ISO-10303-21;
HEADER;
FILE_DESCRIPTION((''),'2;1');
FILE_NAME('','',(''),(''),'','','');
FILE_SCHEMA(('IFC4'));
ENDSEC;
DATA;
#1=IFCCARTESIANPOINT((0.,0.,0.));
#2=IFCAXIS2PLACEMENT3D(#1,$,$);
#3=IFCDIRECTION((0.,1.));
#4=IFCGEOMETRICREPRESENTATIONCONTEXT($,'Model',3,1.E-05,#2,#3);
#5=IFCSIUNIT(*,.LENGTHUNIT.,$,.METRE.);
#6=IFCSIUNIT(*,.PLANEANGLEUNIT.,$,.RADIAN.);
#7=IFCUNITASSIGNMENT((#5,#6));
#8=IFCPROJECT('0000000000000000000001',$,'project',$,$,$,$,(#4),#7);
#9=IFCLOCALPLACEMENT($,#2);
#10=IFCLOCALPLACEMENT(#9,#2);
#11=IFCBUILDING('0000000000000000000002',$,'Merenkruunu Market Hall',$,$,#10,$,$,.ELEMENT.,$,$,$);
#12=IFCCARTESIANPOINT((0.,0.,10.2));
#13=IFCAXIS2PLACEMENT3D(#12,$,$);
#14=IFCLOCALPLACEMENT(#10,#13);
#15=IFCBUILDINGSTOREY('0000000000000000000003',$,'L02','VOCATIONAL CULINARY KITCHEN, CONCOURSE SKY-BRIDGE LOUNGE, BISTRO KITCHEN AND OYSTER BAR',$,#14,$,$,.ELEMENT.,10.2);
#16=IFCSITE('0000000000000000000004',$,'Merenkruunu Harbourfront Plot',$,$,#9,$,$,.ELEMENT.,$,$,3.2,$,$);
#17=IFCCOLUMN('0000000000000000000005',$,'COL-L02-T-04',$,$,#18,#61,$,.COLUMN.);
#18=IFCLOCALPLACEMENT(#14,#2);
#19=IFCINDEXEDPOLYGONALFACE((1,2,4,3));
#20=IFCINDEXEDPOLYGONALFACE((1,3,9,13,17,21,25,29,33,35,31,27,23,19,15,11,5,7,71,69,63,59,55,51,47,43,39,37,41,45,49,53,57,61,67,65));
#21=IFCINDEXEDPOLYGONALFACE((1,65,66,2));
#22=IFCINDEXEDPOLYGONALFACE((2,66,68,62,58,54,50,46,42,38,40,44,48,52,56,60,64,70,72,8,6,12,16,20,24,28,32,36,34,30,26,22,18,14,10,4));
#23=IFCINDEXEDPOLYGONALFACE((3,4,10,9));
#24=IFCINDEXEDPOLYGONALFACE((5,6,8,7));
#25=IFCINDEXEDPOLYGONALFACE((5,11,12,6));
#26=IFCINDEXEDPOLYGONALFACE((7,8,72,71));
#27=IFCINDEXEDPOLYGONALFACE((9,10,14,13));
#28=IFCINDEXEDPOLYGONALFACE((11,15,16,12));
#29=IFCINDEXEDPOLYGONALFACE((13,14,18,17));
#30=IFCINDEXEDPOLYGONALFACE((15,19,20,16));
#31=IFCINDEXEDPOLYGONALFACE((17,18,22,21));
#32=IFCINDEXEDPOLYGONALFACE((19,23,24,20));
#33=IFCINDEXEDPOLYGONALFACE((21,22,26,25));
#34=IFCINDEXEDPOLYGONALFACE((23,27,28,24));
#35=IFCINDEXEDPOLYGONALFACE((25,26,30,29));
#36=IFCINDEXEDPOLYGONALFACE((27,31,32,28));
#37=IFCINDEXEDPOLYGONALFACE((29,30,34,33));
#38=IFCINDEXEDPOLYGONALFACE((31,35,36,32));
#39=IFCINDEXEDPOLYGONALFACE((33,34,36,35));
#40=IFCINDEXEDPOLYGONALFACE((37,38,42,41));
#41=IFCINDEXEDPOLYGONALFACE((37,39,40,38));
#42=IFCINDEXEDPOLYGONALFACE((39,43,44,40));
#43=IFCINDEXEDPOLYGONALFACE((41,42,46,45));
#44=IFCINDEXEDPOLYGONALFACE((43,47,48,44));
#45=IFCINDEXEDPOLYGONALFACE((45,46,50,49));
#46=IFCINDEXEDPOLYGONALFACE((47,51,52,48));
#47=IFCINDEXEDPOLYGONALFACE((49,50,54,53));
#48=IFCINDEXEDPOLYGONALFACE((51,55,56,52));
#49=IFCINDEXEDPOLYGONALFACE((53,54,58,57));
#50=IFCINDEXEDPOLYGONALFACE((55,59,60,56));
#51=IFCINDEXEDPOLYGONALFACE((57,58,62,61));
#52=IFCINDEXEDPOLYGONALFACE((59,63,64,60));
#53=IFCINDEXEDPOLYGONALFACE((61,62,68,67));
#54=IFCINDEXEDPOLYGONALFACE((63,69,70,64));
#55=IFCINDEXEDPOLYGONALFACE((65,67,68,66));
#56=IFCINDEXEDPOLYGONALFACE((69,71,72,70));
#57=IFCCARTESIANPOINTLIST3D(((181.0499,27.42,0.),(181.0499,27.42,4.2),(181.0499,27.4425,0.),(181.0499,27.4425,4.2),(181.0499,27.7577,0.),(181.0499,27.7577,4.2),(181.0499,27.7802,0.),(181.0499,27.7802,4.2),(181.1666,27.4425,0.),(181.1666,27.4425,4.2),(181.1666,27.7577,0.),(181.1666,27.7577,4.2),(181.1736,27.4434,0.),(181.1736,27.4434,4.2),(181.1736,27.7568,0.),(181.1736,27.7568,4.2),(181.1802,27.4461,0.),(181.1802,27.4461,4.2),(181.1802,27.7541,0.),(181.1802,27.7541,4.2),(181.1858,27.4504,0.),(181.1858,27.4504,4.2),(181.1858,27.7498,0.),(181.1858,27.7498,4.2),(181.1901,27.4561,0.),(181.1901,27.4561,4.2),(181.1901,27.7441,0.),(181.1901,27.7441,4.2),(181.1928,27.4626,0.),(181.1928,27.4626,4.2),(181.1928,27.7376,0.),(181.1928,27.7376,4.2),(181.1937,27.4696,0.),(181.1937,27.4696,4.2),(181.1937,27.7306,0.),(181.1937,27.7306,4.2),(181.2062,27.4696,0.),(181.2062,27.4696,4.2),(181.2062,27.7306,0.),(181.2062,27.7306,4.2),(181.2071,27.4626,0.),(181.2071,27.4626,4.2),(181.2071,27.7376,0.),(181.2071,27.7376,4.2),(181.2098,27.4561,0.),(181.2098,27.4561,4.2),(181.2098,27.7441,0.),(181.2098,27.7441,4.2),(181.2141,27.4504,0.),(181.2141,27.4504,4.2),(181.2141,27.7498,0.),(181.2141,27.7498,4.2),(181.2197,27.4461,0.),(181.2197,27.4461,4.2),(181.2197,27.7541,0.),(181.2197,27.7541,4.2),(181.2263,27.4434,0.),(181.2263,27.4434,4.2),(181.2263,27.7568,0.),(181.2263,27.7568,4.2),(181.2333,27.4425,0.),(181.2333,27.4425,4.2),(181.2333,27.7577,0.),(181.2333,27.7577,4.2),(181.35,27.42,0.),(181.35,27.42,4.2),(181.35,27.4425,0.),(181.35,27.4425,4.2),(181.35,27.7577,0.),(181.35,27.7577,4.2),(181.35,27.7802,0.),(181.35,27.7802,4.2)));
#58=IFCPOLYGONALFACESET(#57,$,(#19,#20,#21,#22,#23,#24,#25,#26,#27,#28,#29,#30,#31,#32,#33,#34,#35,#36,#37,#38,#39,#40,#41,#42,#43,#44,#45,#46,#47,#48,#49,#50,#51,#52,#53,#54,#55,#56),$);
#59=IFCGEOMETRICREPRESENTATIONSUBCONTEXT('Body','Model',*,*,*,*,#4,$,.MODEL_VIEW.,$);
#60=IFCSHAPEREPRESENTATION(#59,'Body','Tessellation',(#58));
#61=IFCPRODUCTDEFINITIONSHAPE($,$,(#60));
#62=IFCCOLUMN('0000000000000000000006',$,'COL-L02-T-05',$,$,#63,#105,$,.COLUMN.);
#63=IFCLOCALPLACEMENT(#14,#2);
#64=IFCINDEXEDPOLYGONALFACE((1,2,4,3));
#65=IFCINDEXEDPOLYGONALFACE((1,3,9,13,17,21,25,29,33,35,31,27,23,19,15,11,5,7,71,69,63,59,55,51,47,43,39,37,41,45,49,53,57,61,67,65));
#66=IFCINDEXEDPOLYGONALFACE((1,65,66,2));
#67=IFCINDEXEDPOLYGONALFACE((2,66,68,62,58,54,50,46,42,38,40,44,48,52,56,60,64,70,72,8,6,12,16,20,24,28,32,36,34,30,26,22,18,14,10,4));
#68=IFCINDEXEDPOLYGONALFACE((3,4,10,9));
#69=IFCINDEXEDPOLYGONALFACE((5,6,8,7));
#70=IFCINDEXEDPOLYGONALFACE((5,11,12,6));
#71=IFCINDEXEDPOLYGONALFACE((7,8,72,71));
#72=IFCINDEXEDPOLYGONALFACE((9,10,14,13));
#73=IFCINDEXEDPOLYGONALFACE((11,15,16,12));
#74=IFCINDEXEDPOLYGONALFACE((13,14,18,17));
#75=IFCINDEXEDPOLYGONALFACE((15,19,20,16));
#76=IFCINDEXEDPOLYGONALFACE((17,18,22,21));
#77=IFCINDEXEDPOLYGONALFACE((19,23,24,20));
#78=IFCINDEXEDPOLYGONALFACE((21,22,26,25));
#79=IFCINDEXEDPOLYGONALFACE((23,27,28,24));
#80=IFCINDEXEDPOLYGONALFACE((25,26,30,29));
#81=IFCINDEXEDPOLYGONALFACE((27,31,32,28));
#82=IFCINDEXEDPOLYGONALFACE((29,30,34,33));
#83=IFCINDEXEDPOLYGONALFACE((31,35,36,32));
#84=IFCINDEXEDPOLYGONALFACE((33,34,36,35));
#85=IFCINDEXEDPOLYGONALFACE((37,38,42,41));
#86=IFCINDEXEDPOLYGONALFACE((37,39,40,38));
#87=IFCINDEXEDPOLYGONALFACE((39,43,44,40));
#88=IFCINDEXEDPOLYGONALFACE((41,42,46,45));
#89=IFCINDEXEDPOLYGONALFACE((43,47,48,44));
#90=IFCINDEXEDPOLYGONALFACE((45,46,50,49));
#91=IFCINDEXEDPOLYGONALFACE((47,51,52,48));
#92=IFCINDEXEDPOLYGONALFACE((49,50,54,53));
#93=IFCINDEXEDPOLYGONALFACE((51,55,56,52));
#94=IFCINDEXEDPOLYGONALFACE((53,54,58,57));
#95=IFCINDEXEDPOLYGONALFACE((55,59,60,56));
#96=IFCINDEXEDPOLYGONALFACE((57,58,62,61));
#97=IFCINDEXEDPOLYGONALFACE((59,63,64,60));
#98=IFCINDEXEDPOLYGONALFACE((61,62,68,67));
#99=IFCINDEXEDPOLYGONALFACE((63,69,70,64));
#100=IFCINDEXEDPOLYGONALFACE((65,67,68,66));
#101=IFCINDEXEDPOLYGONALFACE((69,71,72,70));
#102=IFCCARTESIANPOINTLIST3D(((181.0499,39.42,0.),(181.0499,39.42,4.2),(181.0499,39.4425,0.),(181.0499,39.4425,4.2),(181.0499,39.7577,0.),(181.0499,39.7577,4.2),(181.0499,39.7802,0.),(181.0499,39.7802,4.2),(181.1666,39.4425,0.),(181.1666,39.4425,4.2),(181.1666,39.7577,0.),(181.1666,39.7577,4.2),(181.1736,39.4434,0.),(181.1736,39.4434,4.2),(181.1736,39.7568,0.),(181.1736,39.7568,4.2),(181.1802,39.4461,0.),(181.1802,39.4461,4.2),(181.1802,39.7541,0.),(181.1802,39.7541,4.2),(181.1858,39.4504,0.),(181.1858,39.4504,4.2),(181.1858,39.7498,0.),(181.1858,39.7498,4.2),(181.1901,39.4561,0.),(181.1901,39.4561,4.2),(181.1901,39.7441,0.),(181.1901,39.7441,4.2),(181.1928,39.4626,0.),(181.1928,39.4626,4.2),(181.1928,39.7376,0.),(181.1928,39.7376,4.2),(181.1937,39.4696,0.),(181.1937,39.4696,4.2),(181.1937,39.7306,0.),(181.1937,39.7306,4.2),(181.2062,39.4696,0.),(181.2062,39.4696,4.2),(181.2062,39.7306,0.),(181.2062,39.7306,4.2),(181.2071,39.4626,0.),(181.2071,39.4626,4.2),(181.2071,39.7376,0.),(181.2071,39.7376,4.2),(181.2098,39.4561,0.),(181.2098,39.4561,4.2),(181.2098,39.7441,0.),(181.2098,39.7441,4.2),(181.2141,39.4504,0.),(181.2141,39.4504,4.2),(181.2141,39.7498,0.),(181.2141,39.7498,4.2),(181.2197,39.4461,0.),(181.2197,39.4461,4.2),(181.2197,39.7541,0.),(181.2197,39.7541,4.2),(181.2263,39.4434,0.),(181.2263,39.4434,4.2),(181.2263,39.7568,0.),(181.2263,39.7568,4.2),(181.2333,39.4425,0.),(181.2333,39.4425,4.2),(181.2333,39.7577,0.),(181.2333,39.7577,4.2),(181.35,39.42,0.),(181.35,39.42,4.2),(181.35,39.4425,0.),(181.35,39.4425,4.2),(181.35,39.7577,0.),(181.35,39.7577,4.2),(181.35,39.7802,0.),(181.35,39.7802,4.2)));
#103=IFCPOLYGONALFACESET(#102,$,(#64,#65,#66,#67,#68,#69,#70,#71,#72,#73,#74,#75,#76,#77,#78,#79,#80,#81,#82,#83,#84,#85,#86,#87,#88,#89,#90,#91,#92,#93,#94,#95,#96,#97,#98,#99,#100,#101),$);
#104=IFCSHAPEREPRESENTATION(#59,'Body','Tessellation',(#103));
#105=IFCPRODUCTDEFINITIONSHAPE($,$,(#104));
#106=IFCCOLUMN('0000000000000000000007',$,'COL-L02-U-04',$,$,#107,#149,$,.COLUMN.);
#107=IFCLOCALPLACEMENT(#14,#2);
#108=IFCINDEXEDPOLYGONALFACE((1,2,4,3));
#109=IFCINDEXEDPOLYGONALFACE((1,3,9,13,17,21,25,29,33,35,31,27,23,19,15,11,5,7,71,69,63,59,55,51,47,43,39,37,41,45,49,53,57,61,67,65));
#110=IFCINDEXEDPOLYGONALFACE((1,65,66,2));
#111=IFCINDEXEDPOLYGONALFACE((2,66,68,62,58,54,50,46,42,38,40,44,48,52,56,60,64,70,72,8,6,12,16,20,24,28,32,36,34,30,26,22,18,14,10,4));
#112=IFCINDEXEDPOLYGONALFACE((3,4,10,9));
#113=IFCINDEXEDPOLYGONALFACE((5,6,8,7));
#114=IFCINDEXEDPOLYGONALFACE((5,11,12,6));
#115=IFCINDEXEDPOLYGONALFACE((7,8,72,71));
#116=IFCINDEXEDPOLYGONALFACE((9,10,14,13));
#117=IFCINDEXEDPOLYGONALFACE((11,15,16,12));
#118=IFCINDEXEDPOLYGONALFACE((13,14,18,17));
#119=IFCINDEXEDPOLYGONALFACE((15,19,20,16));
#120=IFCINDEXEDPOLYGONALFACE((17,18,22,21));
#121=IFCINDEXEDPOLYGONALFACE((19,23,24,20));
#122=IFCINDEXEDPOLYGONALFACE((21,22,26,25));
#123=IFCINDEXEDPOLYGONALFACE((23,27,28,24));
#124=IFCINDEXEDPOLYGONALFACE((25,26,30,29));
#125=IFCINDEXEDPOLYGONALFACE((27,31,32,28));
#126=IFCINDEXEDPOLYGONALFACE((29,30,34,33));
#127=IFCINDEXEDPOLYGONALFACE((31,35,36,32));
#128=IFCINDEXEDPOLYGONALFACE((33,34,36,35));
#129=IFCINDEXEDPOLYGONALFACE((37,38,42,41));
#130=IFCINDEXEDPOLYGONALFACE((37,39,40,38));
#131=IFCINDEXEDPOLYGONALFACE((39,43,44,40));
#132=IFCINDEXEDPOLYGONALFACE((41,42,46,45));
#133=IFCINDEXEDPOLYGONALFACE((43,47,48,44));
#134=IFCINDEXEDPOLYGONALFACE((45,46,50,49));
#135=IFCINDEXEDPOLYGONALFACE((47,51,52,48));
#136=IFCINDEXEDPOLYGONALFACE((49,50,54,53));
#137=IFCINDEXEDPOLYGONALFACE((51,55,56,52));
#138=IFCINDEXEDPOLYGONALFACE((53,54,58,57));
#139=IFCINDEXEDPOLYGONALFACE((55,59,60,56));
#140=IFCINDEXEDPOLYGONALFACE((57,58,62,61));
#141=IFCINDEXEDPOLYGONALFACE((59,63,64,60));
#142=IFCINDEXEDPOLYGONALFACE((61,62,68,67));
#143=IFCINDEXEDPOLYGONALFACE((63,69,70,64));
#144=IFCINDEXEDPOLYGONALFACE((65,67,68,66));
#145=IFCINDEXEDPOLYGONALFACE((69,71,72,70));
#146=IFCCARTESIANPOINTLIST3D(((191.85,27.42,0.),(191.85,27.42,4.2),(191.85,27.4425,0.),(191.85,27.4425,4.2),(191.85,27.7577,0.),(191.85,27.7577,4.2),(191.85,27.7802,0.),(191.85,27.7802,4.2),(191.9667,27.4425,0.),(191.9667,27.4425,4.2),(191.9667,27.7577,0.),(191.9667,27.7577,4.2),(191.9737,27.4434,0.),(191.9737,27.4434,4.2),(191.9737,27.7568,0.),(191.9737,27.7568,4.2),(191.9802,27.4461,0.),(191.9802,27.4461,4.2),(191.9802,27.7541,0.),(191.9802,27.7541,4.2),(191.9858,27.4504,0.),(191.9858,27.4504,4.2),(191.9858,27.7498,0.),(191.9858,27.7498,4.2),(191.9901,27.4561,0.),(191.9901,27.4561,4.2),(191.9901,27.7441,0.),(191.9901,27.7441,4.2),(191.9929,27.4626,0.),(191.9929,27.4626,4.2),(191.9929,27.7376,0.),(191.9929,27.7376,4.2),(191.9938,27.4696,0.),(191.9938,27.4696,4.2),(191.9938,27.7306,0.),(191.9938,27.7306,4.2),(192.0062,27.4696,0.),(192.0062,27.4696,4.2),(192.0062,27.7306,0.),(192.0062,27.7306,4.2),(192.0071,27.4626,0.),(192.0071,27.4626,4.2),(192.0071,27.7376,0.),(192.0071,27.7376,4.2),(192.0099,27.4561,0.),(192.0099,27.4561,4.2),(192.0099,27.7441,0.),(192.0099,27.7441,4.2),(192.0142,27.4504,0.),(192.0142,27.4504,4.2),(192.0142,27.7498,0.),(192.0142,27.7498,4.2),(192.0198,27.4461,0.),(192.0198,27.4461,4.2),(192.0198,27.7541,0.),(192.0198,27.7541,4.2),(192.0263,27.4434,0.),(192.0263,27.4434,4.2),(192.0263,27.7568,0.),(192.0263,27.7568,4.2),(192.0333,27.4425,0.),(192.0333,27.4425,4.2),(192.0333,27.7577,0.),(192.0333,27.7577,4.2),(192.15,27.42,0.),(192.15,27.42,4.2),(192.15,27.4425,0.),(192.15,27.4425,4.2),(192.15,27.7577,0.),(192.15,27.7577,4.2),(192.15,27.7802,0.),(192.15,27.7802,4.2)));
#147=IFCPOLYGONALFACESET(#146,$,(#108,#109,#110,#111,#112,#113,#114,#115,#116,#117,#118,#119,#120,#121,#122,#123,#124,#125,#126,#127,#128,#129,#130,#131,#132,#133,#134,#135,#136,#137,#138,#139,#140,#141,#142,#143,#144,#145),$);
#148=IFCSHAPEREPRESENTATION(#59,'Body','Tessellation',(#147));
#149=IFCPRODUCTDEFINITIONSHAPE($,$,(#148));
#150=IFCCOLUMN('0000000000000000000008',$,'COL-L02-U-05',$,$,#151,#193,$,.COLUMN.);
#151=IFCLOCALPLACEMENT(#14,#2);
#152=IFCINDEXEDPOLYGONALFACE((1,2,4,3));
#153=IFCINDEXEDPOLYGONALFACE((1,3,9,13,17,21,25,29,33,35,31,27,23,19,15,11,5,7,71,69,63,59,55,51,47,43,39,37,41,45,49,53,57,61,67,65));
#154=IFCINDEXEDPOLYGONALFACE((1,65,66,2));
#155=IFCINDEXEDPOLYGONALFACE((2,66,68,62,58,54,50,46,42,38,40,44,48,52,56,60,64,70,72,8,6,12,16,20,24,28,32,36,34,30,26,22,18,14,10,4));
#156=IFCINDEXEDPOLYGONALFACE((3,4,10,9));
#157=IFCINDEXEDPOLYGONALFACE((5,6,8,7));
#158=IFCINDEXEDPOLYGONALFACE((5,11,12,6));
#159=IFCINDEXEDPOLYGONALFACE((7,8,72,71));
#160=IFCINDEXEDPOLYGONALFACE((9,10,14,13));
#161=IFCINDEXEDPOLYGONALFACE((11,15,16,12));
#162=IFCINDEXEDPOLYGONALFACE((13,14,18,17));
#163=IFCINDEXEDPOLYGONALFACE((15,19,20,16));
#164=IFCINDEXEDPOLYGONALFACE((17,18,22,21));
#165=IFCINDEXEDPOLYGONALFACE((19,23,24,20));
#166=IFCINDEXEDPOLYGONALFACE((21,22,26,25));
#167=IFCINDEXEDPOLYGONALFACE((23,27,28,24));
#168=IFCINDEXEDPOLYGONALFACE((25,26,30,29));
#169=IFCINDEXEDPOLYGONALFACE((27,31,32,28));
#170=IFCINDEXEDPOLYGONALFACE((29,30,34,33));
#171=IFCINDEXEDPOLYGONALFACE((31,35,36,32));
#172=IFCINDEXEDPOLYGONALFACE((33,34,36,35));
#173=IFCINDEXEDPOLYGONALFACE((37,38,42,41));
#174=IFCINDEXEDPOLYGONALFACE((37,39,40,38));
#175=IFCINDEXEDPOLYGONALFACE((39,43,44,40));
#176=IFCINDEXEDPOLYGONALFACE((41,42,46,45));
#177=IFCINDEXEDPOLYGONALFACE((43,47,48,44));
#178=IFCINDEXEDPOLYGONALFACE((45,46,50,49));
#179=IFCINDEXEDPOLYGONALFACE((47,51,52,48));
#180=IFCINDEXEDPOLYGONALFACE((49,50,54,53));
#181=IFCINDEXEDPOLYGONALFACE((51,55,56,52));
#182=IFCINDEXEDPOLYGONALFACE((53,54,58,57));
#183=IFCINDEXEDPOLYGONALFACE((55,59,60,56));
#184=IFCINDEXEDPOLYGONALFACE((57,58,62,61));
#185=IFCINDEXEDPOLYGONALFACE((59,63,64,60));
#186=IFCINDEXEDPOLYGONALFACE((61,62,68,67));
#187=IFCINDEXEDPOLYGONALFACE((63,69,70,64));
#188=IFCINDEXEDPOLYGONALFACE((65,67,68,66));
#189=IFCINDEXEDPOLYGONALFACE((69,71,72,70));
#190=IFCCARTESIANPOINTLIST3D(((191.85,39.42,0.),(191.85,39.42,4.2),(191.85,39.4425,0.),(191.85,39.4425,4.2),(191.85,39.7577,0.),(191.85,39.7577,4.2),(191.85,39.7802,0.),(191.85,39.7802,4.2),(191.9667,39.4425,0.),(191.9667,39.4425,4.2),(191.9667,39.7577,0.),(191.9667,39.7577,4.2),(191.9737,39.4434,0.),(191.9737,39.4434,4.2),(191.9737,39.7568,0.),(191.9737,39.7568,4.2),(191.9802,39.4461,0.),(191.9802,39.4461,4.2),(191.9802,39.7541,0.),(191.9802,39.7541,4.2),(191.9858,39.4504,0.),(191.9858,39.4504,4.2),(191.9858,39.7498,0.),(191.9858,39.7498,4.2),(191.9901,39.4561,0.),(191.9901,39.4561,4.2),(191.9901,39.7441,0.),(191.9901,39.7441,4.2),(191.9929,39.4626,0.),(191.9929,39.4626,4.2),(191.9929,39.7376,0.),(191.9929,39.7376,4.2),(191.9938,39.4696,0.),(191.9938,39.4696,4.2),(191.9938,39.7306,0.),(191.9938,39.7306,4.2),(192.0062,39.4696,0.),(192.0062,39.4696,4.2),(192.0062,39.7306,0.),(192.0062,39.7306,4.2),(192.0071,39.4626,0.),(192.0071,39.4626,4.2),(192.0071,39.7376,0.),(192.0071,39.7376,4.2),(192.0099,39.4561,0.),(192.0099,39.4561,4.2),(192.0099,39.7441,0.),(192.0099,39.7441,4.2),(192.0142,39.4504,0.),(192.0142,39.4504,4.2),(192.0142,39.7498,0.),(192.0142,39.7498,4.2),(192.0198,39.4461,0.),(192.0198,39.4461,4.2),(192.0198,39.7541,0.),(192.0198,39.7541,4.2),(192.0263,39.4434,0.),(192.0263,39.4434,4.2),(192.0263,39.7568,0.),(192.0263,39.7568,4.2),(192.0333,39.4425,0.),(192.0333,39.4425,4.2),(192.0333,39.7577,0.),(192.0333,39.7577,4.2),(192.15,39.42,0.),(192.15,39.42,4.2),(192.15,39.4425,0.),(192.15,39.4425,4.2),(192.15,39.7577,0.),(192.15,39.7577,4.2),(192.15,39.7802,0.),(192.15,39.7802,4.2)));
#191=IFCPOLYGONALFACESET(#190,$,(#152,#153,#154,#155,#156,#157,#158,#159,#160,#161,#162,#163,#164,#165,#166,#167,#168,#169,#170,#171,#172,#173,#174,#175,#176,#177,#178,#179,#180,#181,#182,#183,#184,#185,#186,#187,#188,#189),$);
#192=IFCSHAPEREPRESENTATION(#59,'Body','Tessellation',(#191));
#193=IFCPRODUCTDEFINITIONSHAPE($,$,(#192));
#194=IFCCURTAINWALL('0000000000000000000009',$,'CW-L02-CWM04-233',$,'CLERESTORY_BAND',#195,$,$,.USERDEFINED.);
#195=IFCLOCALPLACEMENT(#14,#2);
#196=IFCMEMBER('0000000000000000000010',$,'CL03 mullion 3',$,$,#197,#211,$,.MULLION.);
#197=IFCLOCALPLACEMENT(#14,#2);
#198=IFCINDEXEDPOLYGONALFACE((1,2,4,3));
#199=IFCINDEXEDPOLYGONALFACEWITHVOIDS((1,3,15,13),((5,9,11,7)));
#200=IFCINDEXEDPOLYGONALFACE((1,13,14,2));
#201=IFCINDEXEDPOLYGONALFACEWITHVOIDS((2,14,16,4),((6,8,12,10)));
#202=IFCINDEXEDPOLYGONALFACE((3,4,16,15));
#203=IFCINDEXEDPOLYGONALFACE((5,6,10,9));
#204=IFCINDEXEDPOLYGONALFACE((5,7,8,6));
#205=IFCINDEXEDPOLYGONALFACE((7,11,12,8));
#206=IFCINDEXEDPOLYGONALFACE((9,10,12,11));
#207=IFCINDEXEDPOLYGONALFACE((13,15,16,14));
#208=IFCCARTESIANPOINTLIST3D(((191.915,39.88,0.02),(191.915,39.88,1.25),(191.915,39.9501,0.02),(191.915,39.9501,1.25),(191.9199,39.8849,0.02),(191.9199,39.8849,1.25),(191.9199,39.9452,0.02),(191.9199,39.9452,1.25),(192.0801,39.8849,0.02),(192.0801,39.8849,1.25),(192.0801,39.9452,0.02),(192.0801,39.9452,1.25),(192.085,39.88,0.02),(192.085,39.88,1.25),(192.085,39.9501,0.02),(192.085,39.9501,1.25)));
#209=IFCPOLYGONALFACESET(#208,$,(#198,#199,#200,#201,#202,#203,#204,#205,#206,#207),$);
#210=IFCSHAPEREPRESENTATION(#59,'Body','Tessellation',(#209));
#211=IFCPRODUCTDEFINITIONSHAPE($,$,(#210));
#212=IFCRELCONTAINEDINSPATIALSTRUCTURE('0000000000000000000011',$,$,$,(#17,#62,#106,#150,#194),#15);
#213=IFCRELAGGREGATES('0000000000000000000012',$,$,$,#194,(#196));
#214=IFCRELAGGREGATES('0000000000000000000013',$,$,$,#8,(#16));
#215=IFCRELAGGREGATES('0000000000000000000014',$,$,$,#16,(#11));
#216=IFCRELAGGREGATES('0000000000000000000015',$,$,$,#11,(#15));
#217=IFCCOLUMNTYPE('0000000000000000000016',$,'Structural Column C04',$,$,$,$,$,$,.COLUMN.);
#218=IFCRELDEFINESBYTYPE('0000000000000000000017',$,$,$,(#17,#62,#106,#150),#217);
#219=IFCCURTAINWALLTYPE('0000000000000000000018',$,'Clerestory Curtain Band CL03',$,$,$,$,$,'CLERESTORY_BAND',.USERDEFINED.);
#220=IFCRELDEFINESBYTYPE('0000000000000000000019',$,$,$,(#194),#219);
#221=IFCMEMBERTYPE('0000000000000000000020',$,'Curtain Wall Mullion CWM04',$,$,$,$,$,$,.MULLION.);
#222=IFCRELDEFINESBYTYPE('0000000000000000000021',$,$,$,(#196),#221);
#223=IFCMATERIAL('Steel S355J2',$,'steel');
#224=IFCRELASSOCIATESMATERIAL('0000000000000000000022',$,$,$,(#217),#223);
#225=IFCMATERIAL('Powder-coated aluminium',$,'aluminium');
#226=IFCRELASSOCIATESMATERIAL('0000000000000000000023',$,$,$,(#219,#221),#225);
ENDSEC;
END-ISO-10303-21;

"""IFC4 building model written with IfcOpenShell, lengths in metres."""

from ifc_helpers import new_model, si_unit, direction, frame, origin, origin_2d, place, context, subcontext, project, spatial, hollow_rectangle, i_section, extrude, material, material_profile, profile_set, type_object, element, aggregate, save


model = new_model("IFC4")

# Units and contexts
model_context = context("Model", 3, precision=1e-05, world=origin(), true_north=direction((0.0, 1.0)))
body_context = subcontext(model_context, "Body", "Model", "MODEL_VIEW")
ifc_project = project(units=[si_unit("LENGTHUNIT", "METRE"), si_unit("PLANEANGLEUNIT", "RADIAN")], contexts=[model_context])

# Site, building, storey
site_placement = place(None, origin())
site = spatial("IfcSite", under=ifc_project, at=site_placement, Name="Merenkruunu Harbourfront Plot", CompositionType="ELEMENT", RefElevation=3.2)
building_placement = place(site_placement, origin())
building = spatial("IfcBuilding", under=site, at=building_placement, Name="Merenkruunu Market Hall", CompositionType="ELEMENT")
storey_placement = place(building_placement, frame((0.0, 0.0, 10.2)))
storey = spatial("IfcBuildingStorey", under=building, at=storey_placement, Name="L02", Description="VOCATIONAL CULINARY KITCHEN, CONCOURSE SKY-BRIDGE LOUNGE, BISTRO KITCHEN AND OYSTER BAR", CompositionType="ELEMENT", Elevation=10.2)

# Columns
ifc_material_1 = material(Name="Steel S355J2", Category="steel")
ifc_material_profile_1 = material_profile(ifc_material_1, i_section(OverallWidth=0.3, OverallDepth=0.3601, WebThickness=0.0125, FlangeThickness=0.0225, FilletRadius=0.0271, at=origin_2d()), Name="HEB 360")
ifc_profile_set_1 = profile_set([ifc_material_profile_1], Name="Steel S355J2")
column_type = type_object("IfcColumnType", Name="Structural Column C04", PredefinedType="COLUMN", material=ifc_profile_set_1)
for number, where, z_axis, x_axis, name in (
    (1, (181.2, 27.6001, 0.0), (0.0, 0.0, 1.0), (1.0, 0.0, 0.0), "COL-L02-T-04"),
    (2, (181.2, 39.6001, 0.0), (0.0, 0.0, 1.0), (1.0, 0.0, 0.0), "COL-L02-T-05"),
    (3, (192.0, 27.6001, 0.0), (0.0, 0.0, 1.0), (1.0, 0.0, 0.0), "COL-L02-U-04"),
    (4, (192.0, 39.6001, 0.0), (0.0, 0.0, 1.0), (1.0, 0.0, 0.0), "COL-L02-U-05"),
):
    element("IfcColumn", number, at=place(storey_placement, frame(where, z_axis=z_axis, x_axis=x_axis)), inside=storey, type_object=column_type, Name=name, PredefinedType="COLUMN", context=body_context, shape_type="SweptSolid", body=[
        extrude(i_section(OverallWidth=0.3, OverallDepth=0.3601, WebThickness=0.0125, FlangeThickness=0.0225, FilletRadius=0.0271, at=origin_2d()), origin(), (0.0, 0.0, 1.0), 4.2),
    ])

# Curtain wall, member
ifc_material_2 = material(Name="Powder-coated aluminium", Category="aluminium")
curtain_wall_type = type_object("IfcCurtainWallType", Name="Clerestory Curtain Band CL03", ElementType="CLERESTORY_BAND", PredefinedType="USERDEFINED", material=ifc_material_2)
curtain_wall_placement = place(storey_placement, origin())
curtain_wall = element("IfcCurtainWall", 5, at=curtain_wall_placement, inside=storey, type_object=curtain_wall_type, Name="CW-L02-CWM04-233", ObjectType="CLERESTORY_BAND", PredefinedType="USERDEFINED")
ifc_material_profile_2 = material_profile(ifc_material_2, hollow_rectangle(XDim=0.0701, YDim=0.1699, WallThickness=0.0049, at=origin_2d()), Name="ALU 70x170x5")
ifc_profile_set_2 = profile_set([ifc_material_profile_2], Name="Powder-coated aluminium")
member_type_1 = type_object("IfcMemberType", Name="Curtain Wall Mullion CWM04", PredefinedType="MULLION", material=ifc_profile_set_2)
member_1_placement = place(storey_placement, frame((192.0, 39.915, 0.02), z_axis=(0.0, 0.0, 1.0), x_axis=(0.0, -1.0, 0.0)))
member_1 = element("IfcMember", 6, at=member_1_placement, type_object=member_type_1, Name="CL03 mullion 3", PredefinedType="MULLION", context=body_context, shape_type="SweptSolid", body=[
    extrude(hollow_rectangle(XDim=0.0701, YDim=0.1699, WallThickness=0.0049, at=origin_2d()), origin(), (0.0, 0.0, 1.0), 1.23),
])

aggregate(curtain_wall, [member_1])

save(model, "model.ifc")
